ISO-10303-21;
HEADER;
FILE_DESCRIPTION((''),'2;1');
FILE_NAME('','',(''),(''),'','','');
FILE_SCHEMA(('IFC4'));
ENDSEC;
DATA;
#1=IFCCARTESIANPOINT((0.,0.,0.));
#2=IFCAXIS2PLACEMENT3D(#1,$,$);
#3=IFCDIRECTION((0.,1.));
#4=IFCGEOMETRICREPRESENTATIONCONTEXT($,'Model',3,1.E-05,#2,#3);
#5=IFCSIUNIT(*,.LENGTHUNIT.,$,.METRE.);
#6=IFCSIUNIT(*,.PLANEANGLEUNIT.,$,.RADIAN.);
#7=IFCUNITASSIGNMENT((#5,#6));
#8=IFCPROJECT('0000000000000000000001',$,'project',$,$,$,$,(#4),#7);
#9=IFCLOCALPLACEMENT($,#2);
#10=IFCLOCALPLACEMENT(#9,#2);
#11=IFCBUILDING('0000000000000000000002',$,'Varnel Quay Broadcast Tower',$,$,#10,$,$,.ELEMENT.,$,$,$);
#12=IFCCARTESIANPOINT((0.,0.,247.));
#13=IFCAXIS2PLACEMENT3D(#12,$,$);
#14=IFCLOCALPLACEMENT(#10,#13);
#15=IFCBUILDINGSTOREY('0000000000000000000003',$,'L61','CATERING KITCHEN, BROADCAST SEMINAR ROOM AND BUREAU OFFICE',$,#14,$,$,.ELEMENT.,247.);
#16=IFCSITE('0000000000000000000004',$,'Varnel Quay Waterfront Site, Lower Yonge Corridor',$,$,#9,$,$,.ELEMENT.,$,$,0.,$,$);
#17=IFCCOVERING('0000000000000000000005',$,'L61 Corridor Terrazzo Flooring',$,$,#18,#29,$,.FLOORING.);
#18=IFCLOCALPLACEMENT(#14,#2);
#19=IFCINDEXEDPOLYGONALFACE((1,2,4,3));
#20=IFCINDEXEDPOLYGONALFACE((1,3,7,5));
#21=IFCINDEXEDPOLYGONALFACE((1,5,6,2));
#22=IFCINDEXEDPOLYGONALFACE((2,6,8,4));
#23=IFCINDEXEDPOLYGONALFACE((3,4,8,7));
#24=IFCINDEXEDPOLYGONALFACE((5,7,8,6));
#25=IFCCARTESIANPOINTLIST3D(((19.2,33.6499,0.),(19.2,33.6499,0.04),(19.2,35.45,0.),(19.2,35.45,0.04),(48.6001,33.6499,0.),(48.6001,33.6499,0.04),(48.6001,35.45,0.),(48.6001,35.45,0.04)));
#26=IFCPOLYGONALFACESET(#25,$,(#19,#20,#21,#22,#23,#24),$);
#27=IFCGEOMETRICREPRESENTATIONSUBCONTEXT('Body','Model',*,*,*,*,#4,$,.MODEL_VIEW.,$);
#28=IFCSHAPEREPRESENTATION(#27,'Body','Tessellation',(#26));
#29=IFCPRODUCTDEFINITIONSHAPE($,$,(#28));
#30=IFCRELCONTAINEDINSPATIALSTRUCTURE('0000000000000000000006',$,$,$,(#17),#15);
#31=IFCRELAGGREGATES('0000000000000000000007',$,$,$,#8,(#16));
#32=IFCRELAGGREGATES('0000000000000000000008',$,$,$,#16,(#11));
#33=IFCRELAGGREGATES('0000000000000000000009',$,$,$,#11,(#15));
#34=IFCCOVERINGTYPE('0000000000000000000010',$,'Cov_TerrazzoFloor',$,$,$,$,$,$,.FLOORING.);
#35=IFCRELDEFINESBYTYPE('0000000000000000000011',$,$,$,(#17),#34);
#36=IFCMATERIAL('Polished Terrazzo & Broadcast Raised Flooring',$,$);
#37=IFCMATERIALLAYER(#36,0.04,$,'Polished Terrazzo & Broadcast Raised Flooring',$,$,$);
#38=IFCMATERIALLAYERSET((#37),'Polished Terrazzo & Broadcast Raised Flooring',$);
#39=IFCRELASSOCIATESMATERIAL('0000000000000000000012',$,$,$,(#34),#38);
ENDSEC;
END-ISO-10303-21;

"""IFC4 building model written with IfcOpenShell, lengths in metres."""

from ifc_helpers import new_model, si_unit, direction, frame, origin, place, context, subcontext, project, spatial, polyline, outline, extrude, material, layer, layer_set, type_object, element, save


model = new_model("IFC4")

# Units and contexts
model_context = context("Model", 3, precision=1e-05, world=origin(), true_north=direction((0.0, 1.0)))
body_context = subcontext(model_context, "Body", "Model", "MODEL_VIEW")
ifc_project = project(units=[si_unit("LENGTHUNIT", "METRE"), si_unit("PLANEANGLEUNIT", "RADIAN")], contexts=[model_context])

# Site, building, storey
site_placement = place(None, origin())
site = spatial("IfcSite", under=ifc_project, at=site_placement, Name="Varnel Quay Waterfront Site, Lower Yonge Corridor", CompositionType="ELEMENT", RefElevation=0.0)
building_placement = place(site_placement, origin())
building = spatial("IfcBuilding", under=site, at=building_placement, Name="Varnel Quay Broadcast Tower", CompositionType="ELEMENT")
storey_placement = place(building_placement, frame((0.0, 0.0, 247.0)))
storey = spatial("IfcBuildingStorey", under=building, at=storey_placement, Name="L61", Description="CATERING KITCHEN, BROADCAST SEMINAR ROOM AND BUREAU OFFICE", CompositionType="ELEMENT", Elevation=247.0)

# Covering
ifc_material_1 = material(Name="Polished Terrazzo & Broadcast Raised Flooring")
ifc_layer_1 = layer(ifc_material_1, 0.04, Name="Polished Terrazzo & Broadcast Raised Flooring")
ifc_layer_set_1 = layer_set([ifc_layer_1], Name="Polished Terrazzo & Broadcast Raised Flooring")
covering_type_1 = type_object("IfcCoveringType", Name="Cov_TerrazzoFloor", PredefinedType="FLOORING", material=ifc_layer_set_1)
covering_1_placement = place(storey_placement, origin())
element("IfcCovering", 1, at=covering_1_placement, inside=storey, type_object=covering_type_1, Name="L61 Corridor Terrazzo Flooring", PredefinedType="FLOORING", context=body_context, shape_type="SweptSolid", body=[
    extrude(outline(polyline([(19.2, 33.6499), (48.6001, 33.6499), (48.6001, 35.45), (19.2, 35.45), (19.2, 33.6499)])), origin(), (0.0, 0.0, 1.0), 0.04),
])

save(model, "model.ifc")
